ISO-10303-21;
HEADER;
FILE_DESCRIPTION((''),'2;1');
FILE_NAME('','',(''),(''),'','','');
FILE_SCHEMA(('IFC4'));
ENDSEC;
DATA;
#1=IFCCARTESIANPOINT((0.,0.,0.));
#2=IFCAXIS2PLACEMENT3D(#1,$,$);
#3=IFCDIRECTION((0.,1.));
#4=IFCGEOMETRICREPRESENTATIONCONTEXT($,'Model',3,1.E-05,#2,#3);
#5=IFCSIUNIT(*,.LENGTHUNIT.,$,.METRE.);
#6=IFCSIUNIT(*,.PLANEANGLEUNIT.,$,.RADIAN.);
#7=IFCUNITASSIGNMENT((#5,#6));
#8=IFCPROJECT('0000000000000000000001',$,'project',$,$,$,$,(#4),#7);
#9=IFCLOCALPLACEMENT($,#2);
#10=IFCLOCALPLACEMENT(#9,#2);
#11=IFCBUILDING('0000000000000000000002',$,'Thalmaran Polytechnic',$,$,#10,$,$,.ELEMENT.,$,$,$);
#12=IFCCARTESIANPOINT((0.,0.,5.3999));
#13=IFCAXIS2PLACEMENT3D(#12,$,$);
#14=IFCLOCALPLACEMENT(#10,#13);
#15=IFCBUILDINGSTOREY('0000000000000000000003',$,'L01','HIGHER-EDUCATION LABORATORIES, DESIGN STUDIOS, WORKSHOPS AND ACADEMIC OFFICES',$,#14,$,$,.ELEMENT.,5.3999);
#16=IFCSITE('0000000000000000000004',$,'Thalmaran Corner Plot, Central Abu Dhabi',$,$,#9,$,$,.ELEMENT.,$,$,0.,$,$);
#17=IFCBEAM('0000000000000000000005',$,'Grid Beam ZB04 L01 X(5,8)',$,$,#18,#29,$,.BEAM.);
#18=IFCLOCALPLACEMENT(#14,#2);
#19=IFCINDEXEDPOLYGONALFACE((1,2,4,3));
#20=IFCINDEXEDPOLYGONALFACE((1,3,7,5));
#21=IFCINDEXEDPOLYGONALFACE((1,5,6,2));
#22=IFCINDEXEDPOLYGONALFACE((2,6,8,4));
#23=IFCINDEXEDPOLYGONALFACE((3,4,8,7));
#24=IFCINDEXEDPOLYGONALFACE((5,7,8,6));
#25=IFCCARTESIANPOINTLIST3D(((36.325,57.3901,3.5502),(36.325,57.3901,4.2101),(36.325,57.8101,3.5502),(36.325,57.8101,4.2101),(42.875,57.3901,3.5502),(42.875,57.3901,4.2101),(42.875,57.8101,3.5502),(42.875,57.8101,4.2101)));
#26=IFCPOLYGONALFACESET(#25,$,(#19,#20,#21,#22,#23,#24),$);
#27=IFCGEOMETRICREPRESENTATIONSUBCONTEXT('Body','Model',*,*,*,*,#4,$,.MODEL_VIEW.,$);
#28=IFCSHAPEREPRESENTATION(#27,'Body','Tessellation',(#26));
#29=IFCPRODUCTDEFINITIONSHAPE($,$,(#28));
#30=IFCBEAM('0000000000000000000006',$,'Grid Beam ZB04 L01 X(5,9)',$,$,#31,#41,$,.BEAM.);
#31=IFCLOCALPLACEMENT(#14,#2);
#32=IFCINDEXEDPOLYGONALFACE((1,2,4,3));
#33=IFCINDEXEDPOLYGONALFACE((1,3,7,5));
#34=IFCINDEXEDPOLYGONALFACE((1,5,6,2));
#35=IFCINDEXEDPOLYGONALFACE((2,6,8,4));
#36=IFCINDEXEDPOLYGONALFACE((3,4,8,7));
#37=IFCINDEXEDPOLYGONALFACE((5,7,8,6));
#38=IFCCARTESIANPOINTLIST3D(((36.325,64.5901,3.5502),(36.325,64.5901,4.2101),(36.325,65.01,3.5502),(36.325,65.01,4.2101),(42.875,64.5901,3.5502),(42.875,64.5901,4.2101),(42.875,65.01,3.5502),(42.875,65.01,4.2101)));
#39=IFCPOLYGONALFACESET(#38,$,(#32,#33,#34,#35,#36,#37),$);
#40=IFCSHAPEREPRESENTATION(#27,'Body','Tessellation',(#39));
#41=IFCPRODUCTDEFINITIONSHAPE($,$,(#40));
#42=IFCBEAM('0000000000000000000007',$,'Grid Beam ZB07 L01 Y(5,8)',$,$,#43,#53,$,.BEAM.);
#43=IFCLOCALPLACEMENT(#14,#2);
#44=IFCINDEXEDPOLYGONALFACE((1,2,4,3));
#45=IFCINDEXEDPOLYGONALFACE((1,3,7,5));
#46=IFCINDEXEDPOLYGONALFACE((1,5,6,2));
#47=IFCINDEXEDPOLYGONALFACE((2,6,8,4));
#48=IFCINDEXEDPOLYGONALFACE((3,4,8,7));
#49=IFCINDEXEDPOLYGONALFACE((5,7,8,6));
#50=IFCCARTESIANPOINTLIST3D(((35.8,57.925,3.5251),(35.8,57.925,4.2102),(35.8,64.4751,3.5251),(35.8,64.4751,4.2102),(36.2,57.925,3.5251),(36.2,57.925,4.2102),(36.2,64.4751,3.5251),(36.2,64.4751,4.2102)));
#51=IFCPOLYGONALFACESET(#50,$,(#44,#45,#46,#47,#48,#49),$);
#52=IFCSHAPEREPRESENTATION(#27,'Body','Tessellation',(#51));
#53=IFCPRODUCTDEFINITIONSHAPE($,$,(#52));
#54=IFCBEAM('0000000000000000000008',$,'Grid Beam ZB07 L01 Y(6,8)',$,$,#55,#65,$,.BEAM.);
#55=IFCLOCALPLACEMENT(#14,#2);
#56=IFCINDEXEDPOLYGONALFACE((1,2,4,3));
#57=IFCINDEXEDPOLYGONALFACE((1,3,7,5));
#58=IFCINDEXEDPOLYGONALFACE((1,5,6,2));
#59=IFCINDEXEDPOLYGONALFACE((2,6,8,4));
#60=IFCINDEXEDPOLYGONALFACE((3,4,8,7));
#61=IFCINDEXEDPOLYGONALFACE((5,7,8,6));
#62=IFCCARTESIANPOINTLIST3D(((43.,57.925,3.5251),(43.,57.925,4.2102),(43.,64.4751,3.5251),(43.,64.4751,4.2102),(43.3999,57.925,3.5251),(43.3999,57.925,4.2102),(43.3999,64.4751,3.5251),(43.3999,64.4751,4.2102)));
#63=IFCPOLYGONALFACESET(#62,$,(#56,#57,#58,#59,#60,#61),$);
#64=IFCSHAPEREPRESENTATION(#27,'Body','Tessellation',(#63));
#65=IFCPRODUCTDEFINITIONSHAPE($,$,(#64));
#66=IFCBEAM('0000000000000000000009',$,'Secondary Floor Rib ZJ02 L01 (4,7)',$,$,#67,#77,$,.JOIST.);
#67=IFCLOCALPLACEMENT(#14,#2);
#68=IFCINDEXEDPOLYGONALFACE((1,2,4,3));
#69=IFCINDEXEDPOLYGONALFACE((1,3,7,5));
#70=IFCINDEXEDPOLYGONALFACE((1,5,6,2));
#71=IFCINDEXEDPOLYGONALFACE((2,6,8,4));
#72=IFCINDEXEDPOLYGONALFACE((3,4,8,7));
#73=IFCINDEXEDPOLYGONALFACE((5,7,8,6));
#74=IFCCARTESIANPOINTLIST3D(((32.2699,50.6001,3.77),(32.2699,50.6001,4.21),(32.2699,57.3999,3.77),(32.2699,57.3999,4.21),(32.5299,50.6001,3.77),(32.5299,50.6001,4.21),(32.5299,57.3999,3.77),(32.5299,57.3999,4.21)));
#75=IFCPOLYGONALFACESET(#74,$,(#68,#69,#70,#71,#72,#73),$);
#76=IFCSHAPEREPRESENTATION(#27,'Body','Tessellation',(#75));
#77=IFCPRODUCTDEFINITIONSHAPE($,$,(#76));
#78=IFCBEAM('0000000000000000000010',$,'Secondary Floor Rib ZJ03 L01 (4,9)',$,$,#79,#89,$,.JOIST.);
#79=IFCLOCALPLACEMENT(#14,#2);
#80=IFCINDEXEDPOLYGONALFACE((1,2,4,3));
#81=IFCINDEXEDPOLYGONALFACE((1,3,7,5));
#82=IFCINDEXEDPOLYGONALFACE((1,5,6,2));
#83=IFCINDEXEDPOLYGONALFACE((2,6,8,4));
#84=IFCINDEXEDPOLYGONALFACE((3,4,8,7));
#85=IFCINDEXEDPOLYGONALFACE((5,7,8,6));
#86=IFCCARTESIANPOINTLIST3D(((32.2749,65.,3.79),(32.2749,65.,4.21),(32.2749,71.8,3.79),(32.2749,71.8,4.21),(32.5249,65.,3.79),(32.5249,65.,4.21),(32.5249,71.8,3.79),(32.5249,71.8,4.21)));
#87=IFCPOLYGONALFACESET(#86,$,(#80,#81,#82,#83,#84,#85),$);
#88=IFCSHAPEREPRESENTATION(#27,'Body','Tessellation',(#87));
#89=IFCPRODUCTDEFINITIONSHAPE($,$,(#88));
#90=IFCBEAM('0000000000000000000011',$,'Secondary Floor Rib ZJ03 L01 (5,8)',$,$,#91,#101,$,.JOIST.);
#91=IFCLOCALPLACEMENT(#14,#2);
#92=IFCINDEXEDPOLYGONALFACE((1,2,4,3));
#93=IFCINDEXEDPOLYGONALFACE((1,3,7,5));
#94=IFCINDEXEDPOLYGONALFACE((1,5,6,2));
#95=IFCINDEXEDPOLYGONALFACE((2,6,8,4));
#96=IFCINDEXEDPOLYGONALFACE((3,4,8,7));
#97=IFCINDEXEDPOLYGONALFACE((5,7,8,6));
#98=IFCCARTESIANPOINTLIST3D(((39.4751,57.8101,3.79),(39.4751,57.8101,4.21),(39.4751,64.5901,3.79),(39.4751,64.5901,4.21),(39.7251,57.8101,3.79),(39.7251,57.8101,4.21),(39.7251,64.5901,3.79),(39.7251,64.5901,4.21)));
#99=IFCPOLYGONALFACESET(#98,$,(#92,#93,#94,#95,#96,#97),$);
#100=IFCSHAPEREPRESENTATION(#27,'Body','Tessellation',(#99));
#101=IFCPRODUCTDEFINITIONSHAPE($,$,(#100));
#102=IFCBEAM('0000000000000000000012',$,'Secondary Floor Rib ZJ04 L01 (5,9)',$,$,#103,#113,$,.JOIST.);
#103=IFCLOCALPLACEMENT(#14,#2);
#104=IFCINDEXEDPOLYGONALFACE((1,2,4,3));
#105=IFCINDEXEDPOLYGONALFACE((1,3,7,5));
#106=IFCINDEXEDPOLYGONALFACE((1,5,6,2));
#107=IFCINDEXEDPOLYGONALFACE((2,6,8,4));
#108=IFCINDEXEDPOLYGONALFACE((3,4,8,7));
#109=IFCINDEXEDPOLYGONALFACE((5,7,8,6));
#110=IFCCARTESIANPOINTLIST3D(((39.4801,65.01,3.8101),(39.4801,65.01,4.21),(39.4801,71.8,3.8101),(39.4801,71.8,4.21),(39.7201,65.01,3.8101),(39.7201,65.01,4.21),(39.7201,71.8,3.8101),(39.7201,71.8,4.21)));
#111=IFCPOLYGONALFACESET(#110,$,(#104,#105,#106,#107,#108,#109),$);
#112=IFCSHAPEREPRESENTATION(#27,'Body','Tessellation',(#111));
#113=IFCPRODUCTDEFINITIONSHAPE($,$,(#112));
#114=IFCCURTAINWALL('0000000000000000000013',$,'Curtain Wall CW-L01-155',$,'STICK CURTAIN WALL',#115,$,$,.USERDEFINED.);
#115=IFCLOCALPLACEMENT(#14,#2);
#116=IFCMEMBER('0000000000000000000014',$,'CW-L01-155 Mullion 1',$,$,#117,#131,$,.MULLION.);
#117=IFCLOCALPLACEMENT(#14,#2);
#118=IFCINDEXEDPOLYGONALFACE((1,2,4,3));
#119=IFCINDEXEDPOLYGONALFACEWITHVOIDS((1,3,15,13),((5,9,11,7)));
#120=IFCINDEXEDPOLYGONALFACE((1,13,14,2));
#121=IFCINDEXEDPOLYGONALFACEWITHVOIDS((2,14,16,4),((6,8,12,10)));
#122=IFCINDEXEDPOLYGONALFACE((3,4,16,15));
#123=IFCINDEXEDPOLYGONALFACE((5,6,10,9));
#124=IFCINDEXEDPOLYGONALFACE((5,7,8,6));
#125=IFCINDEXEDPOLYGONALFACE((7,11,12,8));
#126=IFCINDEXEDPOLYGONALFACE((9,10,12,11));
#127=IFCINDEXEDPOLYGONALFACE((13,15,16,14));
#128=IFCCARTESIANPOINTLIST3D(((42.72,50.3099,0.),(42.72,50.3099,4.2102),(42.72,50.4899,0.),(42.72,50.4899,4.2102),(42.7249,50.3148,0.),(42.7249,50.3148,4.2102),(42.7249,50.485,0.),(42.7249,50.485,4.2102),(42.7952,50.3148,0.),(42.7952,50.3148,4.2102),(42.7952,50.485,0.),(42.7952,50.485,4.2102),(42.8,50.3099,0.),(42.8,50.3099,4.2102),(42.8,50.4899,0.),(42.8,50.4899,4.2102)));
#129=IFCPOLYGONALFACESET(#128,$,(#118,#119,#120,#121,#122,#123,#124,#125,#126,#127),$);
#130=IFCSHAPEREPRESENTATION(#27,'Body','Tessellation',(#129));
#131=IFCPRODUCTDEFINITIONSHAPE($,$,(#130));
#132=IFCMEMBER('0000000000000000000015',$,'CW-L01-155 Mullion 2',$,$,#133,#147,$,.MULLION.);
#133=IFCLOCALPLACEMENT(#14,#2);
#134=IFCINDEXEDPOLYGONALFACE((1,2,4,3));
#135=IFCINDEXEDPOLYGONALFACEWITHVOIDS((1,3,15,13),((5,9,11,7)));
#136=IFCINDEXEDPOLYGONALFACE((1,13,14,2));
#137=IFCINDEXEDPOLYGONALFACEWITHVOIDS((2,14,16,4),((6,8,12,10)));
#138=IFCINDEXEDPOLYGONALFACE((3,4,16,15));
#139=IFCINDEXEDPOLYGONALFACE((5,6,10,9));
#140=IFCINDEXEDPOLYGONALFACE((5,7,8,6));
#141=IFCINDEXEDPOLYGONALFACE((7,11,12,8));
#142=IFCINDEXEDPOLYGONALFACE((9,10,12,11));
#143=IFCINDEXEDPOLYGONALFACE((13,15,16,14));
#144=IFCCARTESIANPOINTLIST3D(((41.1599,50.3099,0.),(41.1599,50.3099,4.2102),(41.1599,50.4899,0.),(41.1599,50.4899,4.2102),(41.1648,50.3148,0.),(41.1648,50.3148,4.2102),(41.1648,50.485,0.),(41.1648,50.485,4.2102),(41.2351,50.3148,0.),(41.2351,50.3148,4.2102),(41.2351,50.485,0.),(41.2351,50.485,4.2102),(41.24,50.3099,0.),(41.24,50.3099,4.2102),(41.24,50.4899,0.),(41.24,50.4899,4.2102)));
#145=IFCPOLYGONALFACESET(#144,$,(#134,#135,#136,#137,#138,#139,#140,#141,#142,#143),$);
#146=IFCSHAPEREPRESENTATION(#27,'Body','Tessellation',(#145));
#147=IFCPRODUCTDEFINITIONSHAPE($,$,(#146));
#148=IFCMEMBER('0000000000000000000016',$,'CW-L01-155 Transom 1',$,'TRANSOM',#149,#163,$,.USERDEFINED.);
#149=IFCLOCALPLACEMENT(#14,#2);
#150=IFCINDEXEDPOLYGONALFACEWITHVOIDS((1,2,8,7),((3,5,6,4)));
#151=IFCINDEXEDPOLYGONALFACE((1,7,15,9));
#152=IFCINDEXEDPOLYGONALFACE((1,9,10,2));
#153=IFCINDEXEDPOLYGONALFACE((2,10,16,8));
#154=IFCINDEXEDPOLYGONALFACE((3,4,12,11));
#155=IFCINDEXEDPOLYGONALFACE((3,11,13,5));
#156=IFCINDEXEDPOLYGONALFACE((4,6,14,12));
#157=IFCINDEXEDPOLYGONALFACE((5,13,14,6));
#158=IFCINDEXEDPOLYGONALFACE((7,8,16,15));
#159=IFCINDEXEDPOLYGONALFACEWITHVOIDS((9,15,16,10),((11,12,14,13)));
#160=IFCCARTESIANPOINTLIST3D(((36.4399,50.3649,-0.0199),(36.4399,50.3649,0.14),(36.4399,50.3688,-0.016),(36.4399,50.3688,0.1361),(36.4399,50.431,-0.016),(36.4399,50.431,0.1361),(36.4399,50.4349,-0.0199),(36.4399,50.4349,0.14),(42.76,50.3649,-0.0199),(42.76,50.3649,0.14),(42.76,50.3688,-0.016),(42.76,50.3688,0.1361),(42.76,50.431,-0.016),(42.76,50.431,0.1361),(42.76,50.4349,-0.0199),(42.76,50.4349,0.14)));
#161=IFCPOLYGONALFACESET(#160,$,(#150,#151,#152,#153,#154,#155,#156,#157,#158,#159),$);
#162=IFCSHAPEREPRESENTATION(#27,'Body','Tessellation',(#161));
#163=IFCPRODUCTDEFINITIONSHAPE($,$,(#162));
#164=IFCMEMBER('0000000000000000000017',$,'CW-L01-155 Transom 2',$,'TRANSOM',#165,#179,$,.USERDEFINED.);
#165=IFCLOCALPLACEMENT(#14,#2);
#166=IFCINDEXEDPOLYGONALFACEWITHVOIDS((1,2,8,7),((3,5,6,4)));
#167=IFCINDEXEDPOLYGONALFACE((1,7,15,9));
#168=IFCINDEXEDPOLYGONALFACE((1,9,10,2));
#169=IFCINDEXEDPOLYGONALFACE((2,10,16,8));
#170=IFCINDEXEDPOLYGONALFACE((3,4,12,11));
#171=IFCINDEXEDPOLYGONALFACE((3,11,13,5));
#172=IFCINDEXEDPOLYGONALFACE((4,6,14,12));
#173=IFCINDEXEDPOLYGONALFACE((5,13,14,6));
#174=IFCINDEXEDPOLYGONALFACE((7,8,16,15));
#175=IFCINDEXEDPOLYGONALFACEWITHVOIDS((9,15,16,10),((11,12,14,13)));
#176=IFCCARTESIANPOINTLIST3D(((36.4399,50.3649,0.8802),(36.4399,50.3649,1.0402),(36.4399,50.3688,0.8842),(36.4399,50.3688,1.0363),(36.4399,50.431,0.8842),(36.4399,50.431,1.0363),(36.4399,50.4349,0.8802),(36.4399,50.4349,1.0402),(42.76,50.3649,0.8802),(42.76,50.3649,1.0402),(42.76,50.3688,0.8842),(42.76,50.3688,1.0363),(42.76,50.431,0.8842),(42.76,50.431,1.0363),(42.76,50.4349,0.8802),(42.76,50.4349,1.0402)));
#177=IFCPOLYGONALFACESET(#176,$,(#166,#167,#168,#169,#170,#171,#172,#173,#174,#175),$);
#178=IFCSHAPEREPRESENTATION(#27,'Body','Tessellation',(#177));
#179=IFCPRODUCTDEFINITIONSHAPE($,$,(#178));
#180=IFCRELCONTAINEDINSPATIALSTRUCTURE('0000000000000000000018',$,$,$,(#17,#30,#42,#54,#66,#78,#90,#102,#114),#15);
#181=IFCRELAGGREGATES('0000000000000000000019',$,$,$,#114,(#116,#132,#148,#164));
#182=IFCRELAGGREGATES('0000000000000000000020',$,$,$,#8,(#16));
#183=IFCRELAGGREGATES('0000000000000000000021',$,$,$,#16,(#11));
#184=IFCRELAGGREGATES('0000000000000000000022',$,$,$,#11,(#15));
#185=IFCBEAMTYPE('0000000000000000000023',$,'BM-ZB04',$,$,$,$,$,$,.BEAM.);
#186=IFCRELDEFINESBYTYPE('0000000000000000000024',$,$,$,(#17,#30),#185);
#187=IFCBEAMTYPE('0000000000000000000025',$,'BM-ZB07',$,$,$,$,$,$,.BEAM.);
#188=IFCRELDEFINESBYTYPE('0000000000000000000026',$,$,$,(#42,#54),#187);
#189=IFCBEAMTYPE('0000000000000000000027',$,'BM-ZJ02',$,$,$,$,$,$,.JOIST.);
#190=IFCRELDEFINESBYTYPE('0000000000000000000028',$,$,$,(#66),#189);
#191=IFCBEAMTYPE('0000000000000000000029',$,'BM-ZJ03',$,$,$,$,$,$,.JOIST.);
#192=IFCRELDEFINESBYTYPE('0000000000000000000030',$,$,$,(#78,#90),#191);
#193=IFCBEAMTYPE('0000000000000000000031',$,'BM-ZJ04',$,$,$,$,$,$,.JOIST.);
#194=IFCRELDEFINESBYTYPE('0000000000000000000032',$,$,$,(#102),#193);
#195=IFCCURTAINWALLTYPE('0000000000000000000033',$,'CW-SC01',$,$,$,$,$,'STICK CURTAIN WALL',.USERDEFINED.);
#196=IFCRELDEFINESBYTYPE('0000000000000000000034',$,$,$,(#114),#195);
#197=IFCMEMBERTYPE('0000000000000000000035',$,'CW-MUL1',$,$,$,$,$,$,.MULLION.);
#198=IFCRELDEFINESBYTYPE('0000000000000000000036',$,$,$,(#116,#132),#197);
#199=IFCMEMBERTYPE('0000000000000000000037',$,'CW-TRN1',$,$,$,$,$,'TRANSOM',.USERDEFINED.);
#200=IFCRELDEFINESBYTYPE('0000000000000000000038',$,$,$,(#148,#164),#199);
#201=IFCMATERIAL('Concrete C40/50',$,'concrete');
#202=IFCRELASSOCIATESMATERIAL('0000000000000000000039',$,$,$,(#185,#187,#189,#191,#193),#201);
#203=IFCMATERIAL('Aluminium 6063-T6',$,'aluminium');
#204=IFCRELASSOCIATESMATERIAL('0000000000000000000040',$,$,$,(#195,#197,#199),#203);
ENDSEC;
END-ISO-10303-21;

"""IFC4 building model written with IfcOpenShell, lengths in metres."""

from ifc_helpers import new_model, si_unit, direction, frame, origin, origin_2d, place, context, subcontext, project, spatial, rectangle, hollow_rectangle, extrude, material, material_profile, profile_set, type_object, element, aggregate, save


model = new_model("IFC4")

# Units and contexts
model_context = context("Model", 3, precision=1e-05, world=origin(), true_north=direction((0.0, 1.0)))
body_context = subcontext(model_context, "Body", "Model", "MODEL_VIEW")
ifc_project = project(units=[si_unit("LENGTHUNIT", "METRE"), si_unit("PLANEANGLEUNIT", "RADIAN")], contexts=[model_context])

# Site, building, storey
site_placement = place(None, origin())
site = spatial("IfcSite", under=ifc_project, at=site_placement, Name="Thalmaran Corner Plot, Central Abu Dhabi", CompositionType="ELEMENT", RefElevation=0.0)
building_placement = place(site_placement, origin())
building = spatial("IfcBuilding", under=site, at=building_placement, Name="Thalmaran Polytechnic", CompositionType="ELEMENT")
storey_placement = place(building_placement, frame((0.0, 0.0, 5.3999)))
storey = spatial("IfcBuildingStorey", under=building, at=storey_placement, Name="L01", Description="HIGHER-EDUCATION LABORATORIES, DESIGN STUDIOS, WORKSHOPS AND ACADEMIC OFFICES", CompositionType="ELEMENT", Elevation=5.3999)

# Shared definitions
ifc_material_1 = material(Name="Concrete C40/50", Category="concrete")

# Beams
ifc_material_profile_1 = material_profile(ifc_material_1, rectangle(XDim=0.4199, YDim=0.6599, at=origin_2d()), Name="RC 420x660")
ifc_profile_set_1 = profile_set([ifc_material_profile_1], Name="Concrete C40/50")
beam_type_1 = type_object("IfcBeamType", Name="BM-ZB04", PredefinedType="BEAM", material=ifc_profile_set_1)
for number, where, z_axis, x_axis, name in (
    (1, (36.325, 57.6001, 3.8801), (1.0, 0.0, 0.0), (0.0, 1.0, 0.0), "Grid Beam ZB04 L01 X(5,8)"),
    (2, (36.325, 64.8, 3.8801), (1.0, 0.0, 0.0), (0.0, 1.0, 0.0), "Grid Beam ZB04 L01 X(5,9)"),
):
    element("IfcBeam", number, at=place(storey_placement, frame(where, z_axis=z_axis, x_axis=x_axis)), inside=storey, type_object=beam_type_1, Name=name, PredefinedType="BEAM", context=body_context, shape_type="SweptSolid", body=[
        extrude(rectangle(XDim=0.4199, YDim=0.6599, at=origin_2d()), origin(), (0.0, 0.0, 1.0), 6.55),
    ])
ifc_material_profile_2 = material_profile(ifc_material_1, rectangle(XDim=0.3999, YDim=0.6851, at=origin_2d()), Name="RC 400x685")
ifc_profile_set_2 = profile_set([ifc_material_profile_2], Name="Concrete C40/50")
beam_type_2 = type_object("IfcBeamType", Name="BM-ZB07", PredefinedType="BEAM", material=ifc_profile_set_2)
for number, where, z_axis, x_axis, name in (
    (3, (36.0, 57.925, 3.8677), (0.0, 1.0, 0.0), (-1.0, 0.0, 0.0), "Grid Beam ZB07 L01 Y(5,8)"),
    (4, (43.2, 57.925, 3.8677), (0.0, 1.0, 0.0), (-1.0, 0.0, 0.0), "Grid Beam ZB07 L01 Y(6,8)"),
):
    element("IfcBeam", number, at=place(storey_placement, frame(where, z_axis=z_axis, x_axis=x_axis)), inside=storey, type_object=beam_type_2, Name=name, PredefinedType="BEAM", context=body_context, shape_type="SweptSolid", body=[
        extrude(rectangle(XDim=0.3999, YDim=0.6851, at=origin_2d()), origin(), (0.0, 0.0, 1.0), 6.55),
    ])
ifc_material_profile_3 = material_profile(ifc_material_1, rectangle(XDim=0.26, YDim=0.4399, at=origin_2d()), Name="RC 260x440")
ifc_profile_set_3 = profile_set([ifc_material_profile_3], Name="Concrete C40/50")
beam_type_3 = type_object("IfcBeamType", Name="BM-ZJ02", PredefinedType="JOIST", material=ifc_profile_set_3)
beam_1_placement = place(storey_placement, frame((32.3999, 50.6001, 3.99), z_axis=(0.0, 1.0, 0.0), x_axis=(-1.0, 0.0, 0.0)))
element("IfcBeam", 5, at=beam_1_placement, inside=storey, type_object=beam_type_3, Name="Secondary Floor Rib ZJ02 L01 (4,7)", PredefinedType="JOIST", context=body_context, shape_type="SweptSolid", body=[
    extrude(rectangle(XDim=0.26, YDim=0.4399, at=origin_2d()), origin(), (0.0, 0.0, 1.0), 6.7998),
])
ifc_material_profile_4 = material_profile(ifc_material_1, rectangle(XDim=0.25, YDim=0.4199, at=origin_2d()), Name="RC 250x420")
ifc_profile_set_4 = profile_set([ifc_material_profile_4], Name="Concrete C40/50")
beam_type_4 = type_object("IfcBeamType", Name="BM-ZJ03", PredefinedType="JOIST", material=ifc_profile_set_4)
beam_2_placement = place(storey_placement, frame((32.3999, 65.0, 4.0), z_axis=(0.0, 1.0, 0.0), x_axis=(-1.0, 0.0, 0.0)))
element("IfcBeam", 6, at=beam_2_placement, inside=storey, type_object=beam_type_4, Name="Secondary Floor Rib ZJ03 L01 (4,9)", PredefinedType="JOIST", context=body_context, shape_type="SweptSolid", body=[
    extrude(rectangle(XDim=0.25, YDim=0.4199, at=origin_2d()), origin(), (0.0, 0.0, 1.0), 6.8),
])
beam_3_placement = place(storey_placement, frame((39.6001, 57.8101, 4.0), z_axis=(0.0, 1.0, 0.0), x_axis=(-1.0, 0.0, 0.0)))
element("IfcBeam", 7, at=beam_3_placement, inside=storey, type_object=beam_type_4, Name="Secondary Floor Rib ZJ03 L01 (5,8)", PredefinedType="JOIST", context=body_context, shape_type="SweptSolid", body=[
    extrude(rectangle(XDim=0.25, YDim=0.4199, at=origin_2d()), origin(), (0.0, 0.0, 1.0), 6.78),
])
ifc_material_profile_5 = material_profile(ifc_material_1, rectangle(XDim=0.24, YDim=0.3999, at=origin_2d()), Name="RC 240x400")
ifc_profile_set_5 = profile_set([ifc_material_profile_5], Name="Concrete C40/50")
beam_type_5 = type_object("IfcBeamType", Name="BM-ZJ04", PredefinedType="JOIST", material=ifc_profile_set_5)
beam_4_placement = place(storey_placement, frame((39.6001, 65.01, 4.01), z_axis=(0.0, 1.0, 0.0), x_axis=(-1.0, 0.0, 0.0)))
element("IfcBeam", 8, at=beam_4_placement, inside=storey, type_object=beam_type_5, Name="Secondary Floor Rib ZJ04 L01 (5,9)", PredefinedType="JOIST", context=body_context, shape_type="SweptSolid", body=[
    extrude(rectangle(XDim=0.24, YDim=0.3999, at=origin_2d()), origin(), (0.0, 0.0, 1.0), 6.79),
])

# Curtain wall, members
ifc_material_2 = material(Name="Aluminium 6063-T6", Category="aluminium")
curtain_wall_type = type_object("IfcCurtainWallType", Name="CW-SC01", ElementType="STICK CURTAIN WALL", PredefinedType="USERDEFINED", material=ifc_material_2)
curtain_wall_placement = place(storey_placement, origin())
curtain_wall = element("IfcCurtainWall", 9, at=curtain_wall_placement, inside=storey, type_object=curtain_wall_type, Name="Curtain Wall CW-L01-155", ObjectType="STICK CURTAIN WALL", PredefinedType="USERDEFINED")
ifc_material_profile_6 = material_profile(ifc_material_2, hollow_rectangle(XDim=0.0801, YDim=0.1799, WallThickness=0.0049, at=origin_2d()), Name="RHS 180x80x5.0")
ifc_profile_set_6 = profile_set([ifc_material_profile_6], Name="Aluminium 6063-T6")
member_type_1 = type_object("IfcMemberType", Name="CW-MUL1", PredefinedType="MULLION", material=ifc_profile_set_6)
member_1_placement = place(storey_placement, frame((42.76, 50.3999, 0.0), z_axis=(0.0, 0.0, 1.0), x_axis=(1.0, 0.0, 0.0)))
member_1 = element("IfcMember", 10, at=member_1_placement, type_object=member_type_1, Name="CW-L01-155 Mullion 1", PredefinedType="MULLION", context=body_context, shape_type="SweptSolid", body=[
    extrude(hollow_rectangle(XDim=0.0801, YDim=0.1799, WallThickness=0.0049, at=origin_2d()), origin(), (0.0, 0.0, 1.0), 4.2102),
])
member_2_placement = place(storey_placement, frame((41.2, 50.3999, 0.0), z_axis=(0.0, 0.0, 1.0), x_axis=(1.0, 0.0, 0.0)))
member_2 = element("IfcMember", 11, at=member_2_placement, type_object=member_type_1, Name="CW-L01-155 Mullion 2", PredefinedType="MULLION", context=body_context, shape_type="SweptSolid", body=[
    extrude(hollow_rectangle(XDim=0.0801, YDim=0.1799, WallThickness=0.0049, at=origin_2d()), origin(), (0.0, 0.0, 1.0), 4.2102),
])
ifc_material_profile_7 = material_profile(ifc_material_2, hollow_rectangle(XDim=0.0701, YDim=0.1599, WallThickness=0.0039, at=origin_2d()), Name="AL 160x70x4.0")
ifc_profile_set_7 = profile_set([ifc_material_profile_7], Name="Aluminium 6063-T6")
member_type_2 = type_object("IfcMemberType", Name="CW-TRN1", ElementType="TRANSOM", PredefinedType="USERDEFINED", material=ifc_profile_set_7)
member_3_placement = place(storey_placement, frame((42.76, 50.3999, 0.0601), z_axis=(-1.0, 0.0, 0.0), x_axis=(0.0, -1.0, 0.0)))
member_3 = element("IfcMember", 12, at=member_3_placement, type_object=member_type_2, Name="CW-L01-155 Transom 1", ObjectType="TRANSOM", PredefinedType="USERDEFINED", context=body_context, shape_type="SweptSolid", body=[
    extrude(hollow_rectangle(XDim=0.0701, YDim=0.1599, WallThickness=0.0039, at=origin_2d()), origin(), (0.0, 0.0, 1.0), 6.3201),
])
member_4_placement = place(storey_placement, frame((42.76, 50.3999, 0.9602), z_axis=(-1.0, 0.0, 0.0), x_axis=(0.0, -1.0, 0.0)))
member_4 = element("IfcMember", 13, at=member_4_placement, type_object=member_type_2, Name="CW-L01-155 Transom 2", ObjectType="TRANSOM", PredefinedType="USERDEFINED", context=body_context, shape_type="SweptSolid", body=[
    extrude(hollow_rectangle(XDim=0.0701, YDim=0.1599, WallThickness=0.0039, at=origin_2d()), origin(), (0.0, 0.0, 1.0), 6.3201),
])
aggregate(curtain_wall, [member_1, member_2, member_3, member_4])

save(model, "model.ifc")
